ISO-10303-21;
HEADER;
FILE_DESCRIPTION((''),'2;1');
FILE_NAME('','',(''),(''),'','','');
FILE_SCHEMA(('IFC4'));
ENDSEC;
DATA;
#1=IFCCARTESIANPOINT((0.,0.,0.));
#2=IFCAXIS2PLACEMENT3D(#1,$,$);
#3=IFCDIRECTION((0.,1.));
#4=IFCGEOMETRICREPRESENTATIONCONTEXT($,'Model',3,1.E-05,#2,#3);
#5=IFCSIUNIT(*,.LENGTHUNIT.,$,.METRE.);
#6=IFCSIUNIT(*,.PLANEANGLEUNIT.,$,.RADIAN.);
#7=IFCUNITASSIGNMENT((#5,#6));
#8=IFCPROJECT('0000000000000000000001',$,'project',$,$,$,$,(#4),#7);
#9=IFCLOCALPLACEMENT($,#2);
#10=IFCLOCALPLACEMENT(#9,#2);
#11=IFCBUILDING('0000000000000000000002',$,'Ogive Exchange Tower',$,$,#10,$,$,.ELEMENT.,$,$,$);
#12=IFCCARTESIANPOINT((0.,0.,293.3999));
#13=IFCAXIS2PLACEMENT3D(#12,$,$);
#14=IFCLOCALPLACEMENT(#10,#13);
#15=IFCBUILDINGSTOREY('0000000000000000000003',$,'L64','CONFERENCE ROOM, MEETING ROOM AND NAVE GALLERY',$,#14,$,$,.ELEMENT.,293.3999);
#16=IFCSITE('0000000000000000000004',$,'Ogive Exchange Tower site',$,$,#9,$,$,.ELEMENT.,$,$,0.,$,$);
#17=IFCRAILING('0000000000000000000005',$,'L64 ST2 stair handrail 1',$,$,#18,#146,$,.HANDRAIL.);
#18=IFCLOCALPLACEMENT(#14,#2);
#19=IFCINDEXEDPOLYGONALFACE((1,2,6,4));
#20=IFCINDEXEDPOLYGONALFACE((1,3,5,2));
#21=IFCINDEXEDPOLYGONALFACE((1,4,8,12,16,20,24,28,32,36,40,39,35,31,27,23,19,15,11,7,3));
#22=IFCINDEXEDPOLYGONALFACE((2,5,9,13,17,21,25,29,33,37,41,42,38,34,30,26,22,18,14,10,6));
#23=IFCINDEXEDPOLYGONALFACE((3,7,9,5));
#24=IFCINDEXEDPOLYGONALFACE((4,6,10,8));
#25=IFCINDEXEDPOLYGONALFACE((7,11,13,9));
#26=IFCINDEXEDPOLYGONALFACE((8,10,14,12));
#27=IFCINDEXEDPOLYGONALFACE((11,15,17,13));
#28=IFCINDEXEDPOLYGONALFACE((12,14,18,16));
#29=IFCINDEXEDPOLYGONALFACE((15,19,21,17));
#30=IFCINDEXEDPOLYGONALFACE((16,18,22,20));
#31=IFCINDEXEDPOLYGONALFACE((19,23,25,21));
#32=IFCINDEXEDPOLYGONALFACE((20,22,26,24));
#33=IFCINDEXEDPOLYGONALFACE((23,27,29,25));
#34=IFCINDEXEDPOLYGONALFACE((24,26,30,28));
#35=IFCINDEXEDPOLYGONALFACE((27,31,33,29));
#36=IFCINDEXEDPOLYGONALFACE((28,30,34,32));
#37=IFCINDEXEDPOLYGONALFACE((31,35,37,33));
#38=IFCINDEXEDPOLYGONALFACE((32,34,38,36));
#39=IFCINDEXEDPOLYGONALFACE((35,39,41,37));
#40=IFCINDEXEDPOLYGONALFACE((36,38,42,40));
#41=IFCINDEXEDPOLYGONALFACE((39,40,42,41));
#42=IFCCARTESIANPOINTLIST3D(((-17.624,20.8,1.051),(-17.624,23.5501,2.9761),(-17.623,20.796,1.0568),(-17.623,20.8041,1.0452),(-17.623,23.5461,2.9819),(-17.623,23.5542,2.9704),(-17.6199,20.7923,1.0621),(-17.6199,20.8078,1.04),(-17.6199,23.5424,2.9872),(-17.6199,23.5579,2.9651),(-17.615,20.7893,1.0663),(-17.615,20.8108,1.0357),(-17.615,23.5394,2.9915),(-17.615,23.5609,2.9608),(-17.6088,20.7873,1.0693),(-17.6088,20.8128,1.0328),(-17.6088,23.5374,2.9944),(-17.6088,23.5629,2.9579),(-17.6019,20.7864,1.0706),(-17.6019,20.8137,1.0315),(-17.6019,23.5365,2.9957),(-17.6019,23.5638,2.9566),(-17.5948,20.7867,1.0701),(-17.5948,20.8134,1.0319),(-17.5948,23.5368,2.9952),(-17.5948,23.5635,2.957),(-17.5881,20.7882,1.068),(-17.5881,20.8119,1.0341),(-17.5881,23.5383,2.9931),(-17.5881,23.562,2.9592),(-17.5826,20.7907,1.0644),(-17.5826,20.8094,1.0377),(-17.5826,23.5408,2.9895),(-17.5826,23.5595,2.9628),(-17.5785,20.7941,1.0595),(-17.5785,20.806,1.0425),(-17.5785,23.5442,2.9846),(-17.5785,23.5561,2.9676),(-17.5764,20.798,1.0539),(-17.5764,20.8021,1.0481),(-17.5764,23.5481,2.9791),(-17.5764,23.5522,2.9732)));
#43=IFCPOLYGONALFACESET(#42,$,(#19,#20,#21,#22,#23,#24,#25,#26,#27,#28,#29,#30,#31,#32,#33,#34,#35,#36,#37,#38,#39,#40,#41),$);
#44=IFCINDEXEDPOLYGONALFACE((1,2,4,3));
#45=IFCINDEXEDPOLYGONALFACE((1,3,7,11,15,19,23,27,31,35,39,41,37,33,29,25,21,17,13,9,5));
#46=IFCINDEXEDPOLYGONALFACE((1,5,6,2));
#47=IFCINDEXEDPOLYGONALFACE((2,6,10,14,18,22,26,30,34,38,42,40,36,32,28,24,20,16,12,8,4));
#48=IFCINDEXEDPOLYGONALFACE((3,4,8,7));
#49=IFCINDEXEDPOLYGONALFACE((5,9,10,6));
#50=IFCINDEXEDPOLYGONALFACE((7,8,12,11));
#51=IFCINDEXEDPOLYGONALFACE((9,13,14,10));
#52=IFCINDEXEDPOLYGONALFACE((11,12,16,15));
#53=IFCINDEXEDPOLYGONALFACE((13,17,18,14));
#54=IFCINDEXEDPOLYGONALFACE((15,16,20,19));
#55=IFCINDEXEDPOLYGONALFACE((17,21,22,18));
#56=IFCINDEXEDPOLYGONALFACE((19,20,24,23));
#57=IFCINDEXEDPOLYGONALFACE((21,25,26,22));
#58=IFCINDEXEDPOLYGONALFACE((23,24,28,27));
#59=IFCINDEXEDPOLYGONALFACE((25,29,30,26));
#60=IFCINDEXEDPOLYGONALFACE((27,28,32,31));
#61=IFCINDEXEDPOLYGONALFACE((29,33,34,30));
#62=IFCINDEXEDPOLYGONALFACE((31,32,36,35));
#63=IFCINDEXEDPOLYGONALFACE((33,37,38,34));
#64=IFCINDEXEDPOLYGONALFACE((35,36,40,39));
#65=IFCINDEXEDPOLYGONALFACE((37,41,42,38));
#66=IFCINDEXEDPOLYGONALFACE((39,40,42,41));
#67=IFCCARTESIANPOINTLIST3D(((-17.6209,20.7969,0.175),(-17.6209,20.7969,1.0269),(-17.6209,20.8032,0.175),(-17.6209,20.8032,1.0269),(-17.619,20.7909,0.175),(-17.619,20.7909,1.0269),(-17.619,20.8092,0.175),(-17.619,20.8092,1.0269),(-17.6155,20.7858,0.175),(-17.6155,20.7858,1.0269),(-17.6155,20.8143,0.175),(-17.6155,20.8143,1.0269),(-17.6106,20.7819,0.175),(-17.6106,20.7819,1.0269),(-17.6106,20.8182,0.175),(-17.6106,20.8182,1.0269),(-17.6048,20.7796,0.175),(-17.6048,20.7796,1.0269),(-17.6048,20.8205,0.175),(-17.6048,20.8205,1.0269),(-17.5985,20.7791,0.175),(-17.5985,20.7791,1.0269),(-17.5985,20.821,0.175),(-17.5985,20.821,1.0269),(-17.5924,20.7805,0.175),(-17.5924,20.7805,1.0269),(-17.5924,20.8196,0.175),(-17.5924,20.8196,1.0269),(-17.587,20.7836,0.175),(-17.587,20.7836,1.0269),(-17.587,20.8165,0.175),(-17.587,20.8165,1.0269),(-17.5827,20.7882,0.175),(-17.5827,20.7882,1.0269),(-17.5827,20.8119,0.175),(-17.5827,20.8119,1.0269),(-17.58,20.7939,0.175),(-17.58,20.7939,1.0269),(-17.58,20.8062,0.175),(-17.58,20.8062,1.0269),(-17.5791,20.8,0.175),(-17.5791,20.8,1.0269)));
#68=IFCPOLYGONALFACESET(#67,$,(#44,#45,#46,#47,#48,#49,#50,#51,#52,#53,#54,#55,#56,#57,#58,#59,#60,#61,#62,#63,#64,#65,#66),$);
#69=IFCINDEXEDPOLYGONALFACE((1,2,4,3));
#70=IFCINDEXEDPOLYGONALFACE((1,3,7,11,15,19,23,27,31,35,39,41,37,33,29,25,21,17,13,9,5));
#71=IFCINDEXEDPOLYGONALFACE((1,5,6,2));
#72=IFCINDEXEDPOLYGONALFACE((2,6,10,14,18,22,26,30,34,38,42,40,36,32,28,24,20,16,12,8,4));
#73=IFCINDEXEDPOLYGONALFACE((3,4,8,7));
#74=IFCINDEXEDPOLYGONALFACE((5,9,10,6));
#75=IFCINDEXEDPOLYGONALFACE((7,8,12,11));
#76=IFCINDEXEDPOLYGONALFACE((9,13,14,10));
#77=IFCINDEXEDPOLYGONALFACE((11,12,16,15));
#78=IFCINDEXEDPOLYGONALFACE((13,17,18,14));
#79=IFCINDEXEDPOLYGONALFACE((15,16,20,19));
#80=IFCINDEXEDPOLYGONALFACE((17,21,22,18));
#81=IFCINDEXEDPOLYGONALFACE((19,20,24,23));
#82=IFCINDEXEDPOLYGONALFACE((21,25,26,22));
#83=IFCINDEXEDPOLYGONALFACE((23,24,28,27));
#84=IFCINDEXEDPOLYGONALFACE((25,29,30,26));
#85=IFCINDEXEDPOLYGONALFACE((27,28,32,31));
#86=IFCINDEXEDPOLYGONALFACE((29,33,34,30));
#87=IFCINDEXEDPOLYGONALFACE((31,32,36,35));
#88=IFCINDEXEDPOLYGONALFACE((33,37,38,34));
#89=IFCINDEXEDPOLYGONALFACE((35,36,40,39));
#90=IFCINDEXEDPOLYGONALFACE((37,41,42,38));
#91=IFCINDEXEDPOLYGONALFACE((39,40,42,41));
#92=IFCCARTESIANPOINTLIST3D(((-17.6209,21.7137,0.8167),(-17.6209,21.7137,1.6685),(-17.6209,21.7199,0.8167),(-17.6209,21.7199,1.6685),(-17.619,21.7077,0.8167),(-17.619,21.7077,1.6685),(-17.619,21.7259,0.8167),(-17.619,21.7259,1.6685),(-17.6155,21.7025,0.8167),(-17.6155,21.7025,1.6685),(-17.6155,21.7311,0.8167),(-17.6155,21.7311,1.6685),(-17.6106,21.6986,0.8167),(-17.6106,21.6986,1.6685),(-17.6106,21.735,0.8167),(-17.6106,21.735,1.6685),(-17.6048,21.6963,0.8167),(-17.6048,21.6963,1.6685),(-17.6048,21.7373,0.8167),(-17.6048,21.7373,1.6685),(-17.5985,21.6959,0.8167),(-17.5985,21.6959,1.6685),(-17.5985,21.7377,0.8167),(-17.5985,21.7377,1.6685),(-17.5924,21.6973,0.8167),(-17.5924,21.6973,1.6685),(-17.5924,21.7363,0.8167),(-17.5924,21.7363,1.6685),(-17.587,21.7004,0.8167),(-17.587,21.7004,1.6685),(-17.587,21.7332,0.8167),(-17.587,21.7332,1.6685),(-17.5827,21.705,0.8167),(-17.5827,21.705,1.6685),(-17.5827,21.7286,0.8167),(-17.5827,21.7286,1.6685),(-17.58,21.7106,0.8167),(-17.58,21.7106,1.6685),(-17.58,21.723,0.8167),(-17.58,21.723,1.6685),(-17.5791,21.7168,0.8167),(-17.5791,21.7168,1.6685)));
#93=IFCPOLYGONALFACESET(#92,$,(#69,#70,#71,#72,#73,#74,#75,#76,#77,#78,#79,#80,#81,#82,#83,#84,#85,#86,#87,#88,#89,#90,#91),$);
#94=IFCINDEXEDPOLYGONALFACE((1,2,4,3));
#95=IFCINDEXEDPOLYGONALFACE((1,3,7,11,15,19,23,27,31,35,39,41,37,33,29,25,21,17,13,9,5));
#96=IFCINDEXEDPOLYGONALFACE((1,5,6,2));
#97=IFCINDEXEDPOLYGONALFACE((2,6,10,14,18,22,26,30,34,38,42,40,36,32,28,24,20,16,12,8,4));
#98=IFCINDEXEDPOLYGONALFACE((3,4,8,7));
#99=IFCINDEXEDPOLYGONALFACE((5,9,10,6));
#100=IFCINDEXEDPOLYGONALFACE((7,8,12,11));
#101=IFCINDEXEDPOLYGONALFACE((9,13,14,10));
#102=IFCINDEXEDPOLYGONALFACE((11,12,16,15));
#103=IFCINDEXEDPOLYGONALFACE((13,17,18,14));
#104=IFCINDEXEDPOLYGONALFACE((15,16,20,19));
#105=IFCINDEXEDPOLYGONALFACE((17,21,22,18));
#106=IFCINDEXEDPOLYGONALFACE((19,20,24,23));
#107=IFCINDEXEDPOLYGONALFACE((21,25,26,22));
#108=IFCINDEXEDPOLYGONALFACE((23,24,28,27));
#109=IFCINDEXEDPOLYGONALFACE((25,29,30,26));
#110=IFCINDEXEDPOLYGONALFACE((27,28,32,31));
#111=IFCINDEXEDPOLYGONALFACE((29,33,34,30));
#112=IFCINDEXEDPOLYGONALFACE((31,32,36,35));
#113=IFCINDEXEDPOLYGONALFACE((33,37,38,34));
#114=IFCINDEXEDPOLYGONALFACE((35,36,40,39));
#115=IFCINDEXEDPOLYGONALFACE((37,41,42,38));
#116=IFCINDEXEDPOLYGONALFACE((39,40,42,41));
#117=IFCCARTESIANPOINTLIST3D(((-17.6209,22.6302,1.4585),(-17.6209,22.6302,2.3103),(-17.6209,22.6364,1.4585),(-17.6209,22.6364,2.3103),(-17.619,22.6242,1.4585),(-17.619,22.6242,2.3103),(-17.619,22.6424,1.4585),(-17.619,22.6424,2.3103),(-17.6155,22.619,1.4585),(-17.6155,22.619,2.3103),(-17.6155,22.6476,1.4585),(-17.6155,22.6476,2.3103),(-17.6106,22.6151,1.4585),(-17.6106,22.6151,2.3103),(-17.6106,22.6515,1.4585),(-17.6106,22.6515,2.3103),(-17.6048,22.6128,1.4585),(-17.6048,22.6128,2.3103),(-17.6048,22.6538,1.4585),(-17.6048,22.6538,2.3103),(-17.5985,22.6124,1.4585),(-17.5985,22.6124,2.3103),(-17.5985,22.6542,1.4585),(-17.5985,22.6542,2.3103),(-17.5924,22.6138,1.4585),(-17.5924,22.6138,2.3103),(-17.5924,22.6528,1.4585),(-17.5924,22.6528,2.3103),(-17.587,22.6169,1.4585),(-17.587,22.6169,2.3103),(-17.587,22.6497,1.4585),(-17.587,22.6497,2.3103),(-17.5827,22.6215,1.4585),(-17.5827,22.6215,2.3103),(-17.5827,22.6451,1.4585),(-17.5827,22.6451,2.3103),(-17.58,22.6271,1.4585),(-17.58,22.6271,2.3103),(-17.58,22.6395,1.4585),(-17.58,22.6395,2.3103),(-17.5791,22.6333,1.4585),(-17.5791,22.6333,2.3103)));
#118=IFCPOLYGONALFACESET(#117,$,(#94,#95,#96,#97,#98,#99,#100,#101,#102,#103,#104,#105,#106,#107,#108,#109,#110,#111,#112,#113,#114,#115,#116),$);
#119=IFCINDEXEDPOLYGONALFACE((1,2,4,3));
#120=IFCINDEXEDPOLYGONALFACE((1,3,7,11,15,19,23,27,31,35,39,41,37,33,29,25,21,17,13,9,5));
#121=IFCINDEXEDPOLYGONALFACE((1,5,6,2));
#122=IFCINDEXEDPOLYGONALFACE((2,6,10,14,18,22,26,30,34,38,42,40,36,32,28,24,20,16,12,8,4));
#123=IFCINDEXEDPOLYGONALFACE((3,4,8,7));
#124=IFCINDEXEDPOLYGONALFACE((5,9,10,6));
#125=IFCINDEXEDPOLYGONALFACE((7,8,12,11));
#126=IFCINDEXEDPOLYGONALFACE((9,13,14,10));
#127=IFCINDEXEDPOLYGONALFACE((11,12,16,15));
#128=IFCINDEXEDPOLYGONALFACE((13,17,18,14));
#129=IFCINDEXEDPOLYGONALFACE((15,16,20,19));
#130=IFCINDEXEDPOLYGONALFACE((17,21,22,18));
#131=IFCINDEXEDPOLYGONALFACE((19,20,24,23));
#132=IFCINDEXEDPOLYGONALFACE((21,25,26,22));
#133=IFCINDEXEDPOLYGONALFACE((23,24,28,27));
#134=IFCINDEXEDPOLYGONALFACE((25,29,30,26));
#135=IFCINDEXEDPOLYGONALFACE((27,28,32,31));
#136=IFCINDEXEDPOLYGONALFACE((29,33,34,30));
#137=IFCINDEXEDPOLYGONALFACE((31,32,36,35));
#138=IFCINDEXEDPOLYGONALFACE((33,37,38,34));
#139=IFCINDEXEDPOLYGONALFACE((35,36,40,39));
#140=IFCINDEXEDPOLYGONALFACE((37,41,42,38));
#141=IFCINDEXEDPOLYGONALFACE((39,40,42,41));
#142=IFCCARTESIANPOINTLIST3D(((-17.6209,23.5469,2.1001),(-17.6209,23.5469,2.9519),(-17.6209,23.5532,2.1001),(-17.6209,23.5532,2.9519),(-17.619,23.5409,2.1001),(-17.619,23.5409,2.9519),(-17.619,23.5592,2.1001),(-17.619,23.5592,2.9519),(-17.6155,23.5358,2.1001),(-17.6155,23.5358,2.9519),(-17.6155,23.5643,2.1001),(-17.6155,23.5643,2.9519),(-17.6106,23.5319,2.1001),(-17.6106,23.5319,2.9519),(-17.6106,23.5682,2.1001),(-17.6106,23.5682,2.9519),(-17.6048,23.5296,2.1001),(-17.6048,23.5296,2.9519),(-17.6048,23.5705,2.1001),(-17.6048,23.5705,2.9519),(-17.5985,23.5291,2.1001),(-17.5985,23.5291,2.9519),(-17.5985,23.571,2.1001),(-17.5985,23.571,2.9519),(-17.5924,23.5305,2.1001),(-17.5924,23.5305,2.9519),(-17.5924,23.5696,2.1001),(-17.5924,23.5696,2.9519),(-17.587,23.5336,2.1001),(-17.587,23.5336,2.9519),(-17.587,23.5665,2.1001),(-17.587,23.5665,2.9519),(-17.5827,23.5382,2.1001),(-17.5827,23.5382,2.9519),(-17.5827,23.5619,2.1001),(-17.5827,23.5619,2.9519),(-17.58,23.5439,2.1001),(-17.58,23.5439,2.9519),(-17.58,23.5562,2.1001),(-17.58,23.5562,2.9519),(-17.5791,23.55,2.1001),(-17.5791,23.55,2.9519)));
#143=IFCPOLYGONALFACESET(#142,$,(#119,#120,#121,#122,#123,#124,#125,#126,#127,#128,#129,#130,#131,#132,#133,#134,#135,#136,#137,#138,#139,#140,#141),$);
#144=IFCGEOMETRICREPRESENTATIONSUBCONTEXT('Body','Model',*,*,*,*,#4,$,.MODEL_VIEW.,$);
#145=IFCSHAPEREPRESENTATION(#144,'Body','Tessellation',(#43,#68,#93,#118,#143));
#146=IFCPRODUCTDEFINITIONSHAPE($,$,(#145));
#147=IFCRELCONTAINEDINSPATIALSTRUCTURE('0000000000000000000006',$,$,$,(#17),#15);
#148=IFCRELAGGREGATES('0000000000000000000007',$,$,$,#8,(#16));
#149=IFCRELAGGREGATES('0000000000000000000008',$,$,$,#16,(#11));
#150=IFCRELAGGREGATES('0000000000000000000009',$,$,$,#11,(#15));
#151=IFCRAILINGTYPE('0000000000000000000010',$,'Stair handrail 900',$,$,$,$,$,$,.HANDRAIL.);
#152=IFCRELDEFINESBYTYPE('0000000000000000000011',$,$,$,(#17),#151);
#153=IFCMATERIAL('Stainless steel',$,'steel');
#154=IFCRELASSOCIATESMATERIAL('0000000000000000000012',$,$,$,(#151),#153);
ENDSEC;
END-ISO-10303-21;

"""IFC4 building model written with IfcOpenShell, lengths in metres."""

from ifc_helpers import new_model, si_unit, direction, frame, origin, origin_2d, place, context, subcontext, project, spatial, circle, extrude, material, type_object, element, save


model = new_model("IFC4")

# Units and contexts
model_context = context("Model", 3, precision=1e-05, world=origin(), true_north=direction((0.0, 1.0)))
body_context = subcontext(model_context, "Body", "Model", "MODEL_VIEW")
ifc_project = project(units=[si_unit("LENGTHUNIT", "METRE"), si_unit("PLANEANGLEUNIT", "RADIAN")], contexts=[model_context])

# Site, building, storey
site_placement = place(None, origin())
site = spatial("IfcSite", under=ifc_project, at=site_placement, Name="Ogive Exchange Tower site", CompositionType="ELEMENT", RefElevation=0.0)
building_placement = place(site_placement, origin())
building = spatial("IfcBuilding", under=site, at=building_placement, Name="Ogive Exchange Tower", CompositionType="ELEMENT")
storey_placement = place(building_placement, frame((0.0, 0.0, 293.3999)))
storey = spatial("IfcBuildingStorey", under=building, at=storey_placement, Name="L64", Description="CONFERENCE ROOM, MEETING ROOM AND NAVE GALLERY", CompositionType="ELEMENT", Elevation=293.3999)

# Railing
ifc_material_1 = material(Name="Stainless steel", Category="steel")
railing_type = type_object("IfcRailingType", Name="Stair handrail 900", PredefinedType="HANDRAIL", material=ifc_material_1)
railing_placement = place(storey_placement, frame((-17.6001, 20.8, 0.175)))
element("IfcRailing", 1, at=railing_placement, inside=storey, type_object=railing_type, Name="L64 ST2 stair handrail 1", PredefinedType="HANDRAIL", context=body_context, shape_type="SweptSolid", body=[
    extrude(circle(Radius=0.0239, at=origin_2d()), frame((0.0, 0.0, 0.876), z_axis=(0.0, 0.819225, 0.573472), x_axis=(-1.0, 0.0, 0.0)), (0.0, 0.0, 1.0), 3.3569),
    extrude(circle(Radius=0.021, at=origin_2d()), origin(), (0.0, 0.0, 1.0), 0.8518),
    extrude(circle(Radius=0.021, at=origin_2d()), frame((0.0, 0.9167, 0.6416)), (0.0, 0.0, 1.0), 0.8518),
    extrude(circle(Radius=0.021, at=origin_2d()), frame((0.0, 1.8333, 1.2834)), (0.0, 0.0, 1.0), 0.8518),
    extrude(circle(Radius=0.021, at=origin_2d()), frame((0.0, 2.75, 1.925)), (0.0, 0.0, 1.0), 0.8518),
])

save(model, "model.ifc")
